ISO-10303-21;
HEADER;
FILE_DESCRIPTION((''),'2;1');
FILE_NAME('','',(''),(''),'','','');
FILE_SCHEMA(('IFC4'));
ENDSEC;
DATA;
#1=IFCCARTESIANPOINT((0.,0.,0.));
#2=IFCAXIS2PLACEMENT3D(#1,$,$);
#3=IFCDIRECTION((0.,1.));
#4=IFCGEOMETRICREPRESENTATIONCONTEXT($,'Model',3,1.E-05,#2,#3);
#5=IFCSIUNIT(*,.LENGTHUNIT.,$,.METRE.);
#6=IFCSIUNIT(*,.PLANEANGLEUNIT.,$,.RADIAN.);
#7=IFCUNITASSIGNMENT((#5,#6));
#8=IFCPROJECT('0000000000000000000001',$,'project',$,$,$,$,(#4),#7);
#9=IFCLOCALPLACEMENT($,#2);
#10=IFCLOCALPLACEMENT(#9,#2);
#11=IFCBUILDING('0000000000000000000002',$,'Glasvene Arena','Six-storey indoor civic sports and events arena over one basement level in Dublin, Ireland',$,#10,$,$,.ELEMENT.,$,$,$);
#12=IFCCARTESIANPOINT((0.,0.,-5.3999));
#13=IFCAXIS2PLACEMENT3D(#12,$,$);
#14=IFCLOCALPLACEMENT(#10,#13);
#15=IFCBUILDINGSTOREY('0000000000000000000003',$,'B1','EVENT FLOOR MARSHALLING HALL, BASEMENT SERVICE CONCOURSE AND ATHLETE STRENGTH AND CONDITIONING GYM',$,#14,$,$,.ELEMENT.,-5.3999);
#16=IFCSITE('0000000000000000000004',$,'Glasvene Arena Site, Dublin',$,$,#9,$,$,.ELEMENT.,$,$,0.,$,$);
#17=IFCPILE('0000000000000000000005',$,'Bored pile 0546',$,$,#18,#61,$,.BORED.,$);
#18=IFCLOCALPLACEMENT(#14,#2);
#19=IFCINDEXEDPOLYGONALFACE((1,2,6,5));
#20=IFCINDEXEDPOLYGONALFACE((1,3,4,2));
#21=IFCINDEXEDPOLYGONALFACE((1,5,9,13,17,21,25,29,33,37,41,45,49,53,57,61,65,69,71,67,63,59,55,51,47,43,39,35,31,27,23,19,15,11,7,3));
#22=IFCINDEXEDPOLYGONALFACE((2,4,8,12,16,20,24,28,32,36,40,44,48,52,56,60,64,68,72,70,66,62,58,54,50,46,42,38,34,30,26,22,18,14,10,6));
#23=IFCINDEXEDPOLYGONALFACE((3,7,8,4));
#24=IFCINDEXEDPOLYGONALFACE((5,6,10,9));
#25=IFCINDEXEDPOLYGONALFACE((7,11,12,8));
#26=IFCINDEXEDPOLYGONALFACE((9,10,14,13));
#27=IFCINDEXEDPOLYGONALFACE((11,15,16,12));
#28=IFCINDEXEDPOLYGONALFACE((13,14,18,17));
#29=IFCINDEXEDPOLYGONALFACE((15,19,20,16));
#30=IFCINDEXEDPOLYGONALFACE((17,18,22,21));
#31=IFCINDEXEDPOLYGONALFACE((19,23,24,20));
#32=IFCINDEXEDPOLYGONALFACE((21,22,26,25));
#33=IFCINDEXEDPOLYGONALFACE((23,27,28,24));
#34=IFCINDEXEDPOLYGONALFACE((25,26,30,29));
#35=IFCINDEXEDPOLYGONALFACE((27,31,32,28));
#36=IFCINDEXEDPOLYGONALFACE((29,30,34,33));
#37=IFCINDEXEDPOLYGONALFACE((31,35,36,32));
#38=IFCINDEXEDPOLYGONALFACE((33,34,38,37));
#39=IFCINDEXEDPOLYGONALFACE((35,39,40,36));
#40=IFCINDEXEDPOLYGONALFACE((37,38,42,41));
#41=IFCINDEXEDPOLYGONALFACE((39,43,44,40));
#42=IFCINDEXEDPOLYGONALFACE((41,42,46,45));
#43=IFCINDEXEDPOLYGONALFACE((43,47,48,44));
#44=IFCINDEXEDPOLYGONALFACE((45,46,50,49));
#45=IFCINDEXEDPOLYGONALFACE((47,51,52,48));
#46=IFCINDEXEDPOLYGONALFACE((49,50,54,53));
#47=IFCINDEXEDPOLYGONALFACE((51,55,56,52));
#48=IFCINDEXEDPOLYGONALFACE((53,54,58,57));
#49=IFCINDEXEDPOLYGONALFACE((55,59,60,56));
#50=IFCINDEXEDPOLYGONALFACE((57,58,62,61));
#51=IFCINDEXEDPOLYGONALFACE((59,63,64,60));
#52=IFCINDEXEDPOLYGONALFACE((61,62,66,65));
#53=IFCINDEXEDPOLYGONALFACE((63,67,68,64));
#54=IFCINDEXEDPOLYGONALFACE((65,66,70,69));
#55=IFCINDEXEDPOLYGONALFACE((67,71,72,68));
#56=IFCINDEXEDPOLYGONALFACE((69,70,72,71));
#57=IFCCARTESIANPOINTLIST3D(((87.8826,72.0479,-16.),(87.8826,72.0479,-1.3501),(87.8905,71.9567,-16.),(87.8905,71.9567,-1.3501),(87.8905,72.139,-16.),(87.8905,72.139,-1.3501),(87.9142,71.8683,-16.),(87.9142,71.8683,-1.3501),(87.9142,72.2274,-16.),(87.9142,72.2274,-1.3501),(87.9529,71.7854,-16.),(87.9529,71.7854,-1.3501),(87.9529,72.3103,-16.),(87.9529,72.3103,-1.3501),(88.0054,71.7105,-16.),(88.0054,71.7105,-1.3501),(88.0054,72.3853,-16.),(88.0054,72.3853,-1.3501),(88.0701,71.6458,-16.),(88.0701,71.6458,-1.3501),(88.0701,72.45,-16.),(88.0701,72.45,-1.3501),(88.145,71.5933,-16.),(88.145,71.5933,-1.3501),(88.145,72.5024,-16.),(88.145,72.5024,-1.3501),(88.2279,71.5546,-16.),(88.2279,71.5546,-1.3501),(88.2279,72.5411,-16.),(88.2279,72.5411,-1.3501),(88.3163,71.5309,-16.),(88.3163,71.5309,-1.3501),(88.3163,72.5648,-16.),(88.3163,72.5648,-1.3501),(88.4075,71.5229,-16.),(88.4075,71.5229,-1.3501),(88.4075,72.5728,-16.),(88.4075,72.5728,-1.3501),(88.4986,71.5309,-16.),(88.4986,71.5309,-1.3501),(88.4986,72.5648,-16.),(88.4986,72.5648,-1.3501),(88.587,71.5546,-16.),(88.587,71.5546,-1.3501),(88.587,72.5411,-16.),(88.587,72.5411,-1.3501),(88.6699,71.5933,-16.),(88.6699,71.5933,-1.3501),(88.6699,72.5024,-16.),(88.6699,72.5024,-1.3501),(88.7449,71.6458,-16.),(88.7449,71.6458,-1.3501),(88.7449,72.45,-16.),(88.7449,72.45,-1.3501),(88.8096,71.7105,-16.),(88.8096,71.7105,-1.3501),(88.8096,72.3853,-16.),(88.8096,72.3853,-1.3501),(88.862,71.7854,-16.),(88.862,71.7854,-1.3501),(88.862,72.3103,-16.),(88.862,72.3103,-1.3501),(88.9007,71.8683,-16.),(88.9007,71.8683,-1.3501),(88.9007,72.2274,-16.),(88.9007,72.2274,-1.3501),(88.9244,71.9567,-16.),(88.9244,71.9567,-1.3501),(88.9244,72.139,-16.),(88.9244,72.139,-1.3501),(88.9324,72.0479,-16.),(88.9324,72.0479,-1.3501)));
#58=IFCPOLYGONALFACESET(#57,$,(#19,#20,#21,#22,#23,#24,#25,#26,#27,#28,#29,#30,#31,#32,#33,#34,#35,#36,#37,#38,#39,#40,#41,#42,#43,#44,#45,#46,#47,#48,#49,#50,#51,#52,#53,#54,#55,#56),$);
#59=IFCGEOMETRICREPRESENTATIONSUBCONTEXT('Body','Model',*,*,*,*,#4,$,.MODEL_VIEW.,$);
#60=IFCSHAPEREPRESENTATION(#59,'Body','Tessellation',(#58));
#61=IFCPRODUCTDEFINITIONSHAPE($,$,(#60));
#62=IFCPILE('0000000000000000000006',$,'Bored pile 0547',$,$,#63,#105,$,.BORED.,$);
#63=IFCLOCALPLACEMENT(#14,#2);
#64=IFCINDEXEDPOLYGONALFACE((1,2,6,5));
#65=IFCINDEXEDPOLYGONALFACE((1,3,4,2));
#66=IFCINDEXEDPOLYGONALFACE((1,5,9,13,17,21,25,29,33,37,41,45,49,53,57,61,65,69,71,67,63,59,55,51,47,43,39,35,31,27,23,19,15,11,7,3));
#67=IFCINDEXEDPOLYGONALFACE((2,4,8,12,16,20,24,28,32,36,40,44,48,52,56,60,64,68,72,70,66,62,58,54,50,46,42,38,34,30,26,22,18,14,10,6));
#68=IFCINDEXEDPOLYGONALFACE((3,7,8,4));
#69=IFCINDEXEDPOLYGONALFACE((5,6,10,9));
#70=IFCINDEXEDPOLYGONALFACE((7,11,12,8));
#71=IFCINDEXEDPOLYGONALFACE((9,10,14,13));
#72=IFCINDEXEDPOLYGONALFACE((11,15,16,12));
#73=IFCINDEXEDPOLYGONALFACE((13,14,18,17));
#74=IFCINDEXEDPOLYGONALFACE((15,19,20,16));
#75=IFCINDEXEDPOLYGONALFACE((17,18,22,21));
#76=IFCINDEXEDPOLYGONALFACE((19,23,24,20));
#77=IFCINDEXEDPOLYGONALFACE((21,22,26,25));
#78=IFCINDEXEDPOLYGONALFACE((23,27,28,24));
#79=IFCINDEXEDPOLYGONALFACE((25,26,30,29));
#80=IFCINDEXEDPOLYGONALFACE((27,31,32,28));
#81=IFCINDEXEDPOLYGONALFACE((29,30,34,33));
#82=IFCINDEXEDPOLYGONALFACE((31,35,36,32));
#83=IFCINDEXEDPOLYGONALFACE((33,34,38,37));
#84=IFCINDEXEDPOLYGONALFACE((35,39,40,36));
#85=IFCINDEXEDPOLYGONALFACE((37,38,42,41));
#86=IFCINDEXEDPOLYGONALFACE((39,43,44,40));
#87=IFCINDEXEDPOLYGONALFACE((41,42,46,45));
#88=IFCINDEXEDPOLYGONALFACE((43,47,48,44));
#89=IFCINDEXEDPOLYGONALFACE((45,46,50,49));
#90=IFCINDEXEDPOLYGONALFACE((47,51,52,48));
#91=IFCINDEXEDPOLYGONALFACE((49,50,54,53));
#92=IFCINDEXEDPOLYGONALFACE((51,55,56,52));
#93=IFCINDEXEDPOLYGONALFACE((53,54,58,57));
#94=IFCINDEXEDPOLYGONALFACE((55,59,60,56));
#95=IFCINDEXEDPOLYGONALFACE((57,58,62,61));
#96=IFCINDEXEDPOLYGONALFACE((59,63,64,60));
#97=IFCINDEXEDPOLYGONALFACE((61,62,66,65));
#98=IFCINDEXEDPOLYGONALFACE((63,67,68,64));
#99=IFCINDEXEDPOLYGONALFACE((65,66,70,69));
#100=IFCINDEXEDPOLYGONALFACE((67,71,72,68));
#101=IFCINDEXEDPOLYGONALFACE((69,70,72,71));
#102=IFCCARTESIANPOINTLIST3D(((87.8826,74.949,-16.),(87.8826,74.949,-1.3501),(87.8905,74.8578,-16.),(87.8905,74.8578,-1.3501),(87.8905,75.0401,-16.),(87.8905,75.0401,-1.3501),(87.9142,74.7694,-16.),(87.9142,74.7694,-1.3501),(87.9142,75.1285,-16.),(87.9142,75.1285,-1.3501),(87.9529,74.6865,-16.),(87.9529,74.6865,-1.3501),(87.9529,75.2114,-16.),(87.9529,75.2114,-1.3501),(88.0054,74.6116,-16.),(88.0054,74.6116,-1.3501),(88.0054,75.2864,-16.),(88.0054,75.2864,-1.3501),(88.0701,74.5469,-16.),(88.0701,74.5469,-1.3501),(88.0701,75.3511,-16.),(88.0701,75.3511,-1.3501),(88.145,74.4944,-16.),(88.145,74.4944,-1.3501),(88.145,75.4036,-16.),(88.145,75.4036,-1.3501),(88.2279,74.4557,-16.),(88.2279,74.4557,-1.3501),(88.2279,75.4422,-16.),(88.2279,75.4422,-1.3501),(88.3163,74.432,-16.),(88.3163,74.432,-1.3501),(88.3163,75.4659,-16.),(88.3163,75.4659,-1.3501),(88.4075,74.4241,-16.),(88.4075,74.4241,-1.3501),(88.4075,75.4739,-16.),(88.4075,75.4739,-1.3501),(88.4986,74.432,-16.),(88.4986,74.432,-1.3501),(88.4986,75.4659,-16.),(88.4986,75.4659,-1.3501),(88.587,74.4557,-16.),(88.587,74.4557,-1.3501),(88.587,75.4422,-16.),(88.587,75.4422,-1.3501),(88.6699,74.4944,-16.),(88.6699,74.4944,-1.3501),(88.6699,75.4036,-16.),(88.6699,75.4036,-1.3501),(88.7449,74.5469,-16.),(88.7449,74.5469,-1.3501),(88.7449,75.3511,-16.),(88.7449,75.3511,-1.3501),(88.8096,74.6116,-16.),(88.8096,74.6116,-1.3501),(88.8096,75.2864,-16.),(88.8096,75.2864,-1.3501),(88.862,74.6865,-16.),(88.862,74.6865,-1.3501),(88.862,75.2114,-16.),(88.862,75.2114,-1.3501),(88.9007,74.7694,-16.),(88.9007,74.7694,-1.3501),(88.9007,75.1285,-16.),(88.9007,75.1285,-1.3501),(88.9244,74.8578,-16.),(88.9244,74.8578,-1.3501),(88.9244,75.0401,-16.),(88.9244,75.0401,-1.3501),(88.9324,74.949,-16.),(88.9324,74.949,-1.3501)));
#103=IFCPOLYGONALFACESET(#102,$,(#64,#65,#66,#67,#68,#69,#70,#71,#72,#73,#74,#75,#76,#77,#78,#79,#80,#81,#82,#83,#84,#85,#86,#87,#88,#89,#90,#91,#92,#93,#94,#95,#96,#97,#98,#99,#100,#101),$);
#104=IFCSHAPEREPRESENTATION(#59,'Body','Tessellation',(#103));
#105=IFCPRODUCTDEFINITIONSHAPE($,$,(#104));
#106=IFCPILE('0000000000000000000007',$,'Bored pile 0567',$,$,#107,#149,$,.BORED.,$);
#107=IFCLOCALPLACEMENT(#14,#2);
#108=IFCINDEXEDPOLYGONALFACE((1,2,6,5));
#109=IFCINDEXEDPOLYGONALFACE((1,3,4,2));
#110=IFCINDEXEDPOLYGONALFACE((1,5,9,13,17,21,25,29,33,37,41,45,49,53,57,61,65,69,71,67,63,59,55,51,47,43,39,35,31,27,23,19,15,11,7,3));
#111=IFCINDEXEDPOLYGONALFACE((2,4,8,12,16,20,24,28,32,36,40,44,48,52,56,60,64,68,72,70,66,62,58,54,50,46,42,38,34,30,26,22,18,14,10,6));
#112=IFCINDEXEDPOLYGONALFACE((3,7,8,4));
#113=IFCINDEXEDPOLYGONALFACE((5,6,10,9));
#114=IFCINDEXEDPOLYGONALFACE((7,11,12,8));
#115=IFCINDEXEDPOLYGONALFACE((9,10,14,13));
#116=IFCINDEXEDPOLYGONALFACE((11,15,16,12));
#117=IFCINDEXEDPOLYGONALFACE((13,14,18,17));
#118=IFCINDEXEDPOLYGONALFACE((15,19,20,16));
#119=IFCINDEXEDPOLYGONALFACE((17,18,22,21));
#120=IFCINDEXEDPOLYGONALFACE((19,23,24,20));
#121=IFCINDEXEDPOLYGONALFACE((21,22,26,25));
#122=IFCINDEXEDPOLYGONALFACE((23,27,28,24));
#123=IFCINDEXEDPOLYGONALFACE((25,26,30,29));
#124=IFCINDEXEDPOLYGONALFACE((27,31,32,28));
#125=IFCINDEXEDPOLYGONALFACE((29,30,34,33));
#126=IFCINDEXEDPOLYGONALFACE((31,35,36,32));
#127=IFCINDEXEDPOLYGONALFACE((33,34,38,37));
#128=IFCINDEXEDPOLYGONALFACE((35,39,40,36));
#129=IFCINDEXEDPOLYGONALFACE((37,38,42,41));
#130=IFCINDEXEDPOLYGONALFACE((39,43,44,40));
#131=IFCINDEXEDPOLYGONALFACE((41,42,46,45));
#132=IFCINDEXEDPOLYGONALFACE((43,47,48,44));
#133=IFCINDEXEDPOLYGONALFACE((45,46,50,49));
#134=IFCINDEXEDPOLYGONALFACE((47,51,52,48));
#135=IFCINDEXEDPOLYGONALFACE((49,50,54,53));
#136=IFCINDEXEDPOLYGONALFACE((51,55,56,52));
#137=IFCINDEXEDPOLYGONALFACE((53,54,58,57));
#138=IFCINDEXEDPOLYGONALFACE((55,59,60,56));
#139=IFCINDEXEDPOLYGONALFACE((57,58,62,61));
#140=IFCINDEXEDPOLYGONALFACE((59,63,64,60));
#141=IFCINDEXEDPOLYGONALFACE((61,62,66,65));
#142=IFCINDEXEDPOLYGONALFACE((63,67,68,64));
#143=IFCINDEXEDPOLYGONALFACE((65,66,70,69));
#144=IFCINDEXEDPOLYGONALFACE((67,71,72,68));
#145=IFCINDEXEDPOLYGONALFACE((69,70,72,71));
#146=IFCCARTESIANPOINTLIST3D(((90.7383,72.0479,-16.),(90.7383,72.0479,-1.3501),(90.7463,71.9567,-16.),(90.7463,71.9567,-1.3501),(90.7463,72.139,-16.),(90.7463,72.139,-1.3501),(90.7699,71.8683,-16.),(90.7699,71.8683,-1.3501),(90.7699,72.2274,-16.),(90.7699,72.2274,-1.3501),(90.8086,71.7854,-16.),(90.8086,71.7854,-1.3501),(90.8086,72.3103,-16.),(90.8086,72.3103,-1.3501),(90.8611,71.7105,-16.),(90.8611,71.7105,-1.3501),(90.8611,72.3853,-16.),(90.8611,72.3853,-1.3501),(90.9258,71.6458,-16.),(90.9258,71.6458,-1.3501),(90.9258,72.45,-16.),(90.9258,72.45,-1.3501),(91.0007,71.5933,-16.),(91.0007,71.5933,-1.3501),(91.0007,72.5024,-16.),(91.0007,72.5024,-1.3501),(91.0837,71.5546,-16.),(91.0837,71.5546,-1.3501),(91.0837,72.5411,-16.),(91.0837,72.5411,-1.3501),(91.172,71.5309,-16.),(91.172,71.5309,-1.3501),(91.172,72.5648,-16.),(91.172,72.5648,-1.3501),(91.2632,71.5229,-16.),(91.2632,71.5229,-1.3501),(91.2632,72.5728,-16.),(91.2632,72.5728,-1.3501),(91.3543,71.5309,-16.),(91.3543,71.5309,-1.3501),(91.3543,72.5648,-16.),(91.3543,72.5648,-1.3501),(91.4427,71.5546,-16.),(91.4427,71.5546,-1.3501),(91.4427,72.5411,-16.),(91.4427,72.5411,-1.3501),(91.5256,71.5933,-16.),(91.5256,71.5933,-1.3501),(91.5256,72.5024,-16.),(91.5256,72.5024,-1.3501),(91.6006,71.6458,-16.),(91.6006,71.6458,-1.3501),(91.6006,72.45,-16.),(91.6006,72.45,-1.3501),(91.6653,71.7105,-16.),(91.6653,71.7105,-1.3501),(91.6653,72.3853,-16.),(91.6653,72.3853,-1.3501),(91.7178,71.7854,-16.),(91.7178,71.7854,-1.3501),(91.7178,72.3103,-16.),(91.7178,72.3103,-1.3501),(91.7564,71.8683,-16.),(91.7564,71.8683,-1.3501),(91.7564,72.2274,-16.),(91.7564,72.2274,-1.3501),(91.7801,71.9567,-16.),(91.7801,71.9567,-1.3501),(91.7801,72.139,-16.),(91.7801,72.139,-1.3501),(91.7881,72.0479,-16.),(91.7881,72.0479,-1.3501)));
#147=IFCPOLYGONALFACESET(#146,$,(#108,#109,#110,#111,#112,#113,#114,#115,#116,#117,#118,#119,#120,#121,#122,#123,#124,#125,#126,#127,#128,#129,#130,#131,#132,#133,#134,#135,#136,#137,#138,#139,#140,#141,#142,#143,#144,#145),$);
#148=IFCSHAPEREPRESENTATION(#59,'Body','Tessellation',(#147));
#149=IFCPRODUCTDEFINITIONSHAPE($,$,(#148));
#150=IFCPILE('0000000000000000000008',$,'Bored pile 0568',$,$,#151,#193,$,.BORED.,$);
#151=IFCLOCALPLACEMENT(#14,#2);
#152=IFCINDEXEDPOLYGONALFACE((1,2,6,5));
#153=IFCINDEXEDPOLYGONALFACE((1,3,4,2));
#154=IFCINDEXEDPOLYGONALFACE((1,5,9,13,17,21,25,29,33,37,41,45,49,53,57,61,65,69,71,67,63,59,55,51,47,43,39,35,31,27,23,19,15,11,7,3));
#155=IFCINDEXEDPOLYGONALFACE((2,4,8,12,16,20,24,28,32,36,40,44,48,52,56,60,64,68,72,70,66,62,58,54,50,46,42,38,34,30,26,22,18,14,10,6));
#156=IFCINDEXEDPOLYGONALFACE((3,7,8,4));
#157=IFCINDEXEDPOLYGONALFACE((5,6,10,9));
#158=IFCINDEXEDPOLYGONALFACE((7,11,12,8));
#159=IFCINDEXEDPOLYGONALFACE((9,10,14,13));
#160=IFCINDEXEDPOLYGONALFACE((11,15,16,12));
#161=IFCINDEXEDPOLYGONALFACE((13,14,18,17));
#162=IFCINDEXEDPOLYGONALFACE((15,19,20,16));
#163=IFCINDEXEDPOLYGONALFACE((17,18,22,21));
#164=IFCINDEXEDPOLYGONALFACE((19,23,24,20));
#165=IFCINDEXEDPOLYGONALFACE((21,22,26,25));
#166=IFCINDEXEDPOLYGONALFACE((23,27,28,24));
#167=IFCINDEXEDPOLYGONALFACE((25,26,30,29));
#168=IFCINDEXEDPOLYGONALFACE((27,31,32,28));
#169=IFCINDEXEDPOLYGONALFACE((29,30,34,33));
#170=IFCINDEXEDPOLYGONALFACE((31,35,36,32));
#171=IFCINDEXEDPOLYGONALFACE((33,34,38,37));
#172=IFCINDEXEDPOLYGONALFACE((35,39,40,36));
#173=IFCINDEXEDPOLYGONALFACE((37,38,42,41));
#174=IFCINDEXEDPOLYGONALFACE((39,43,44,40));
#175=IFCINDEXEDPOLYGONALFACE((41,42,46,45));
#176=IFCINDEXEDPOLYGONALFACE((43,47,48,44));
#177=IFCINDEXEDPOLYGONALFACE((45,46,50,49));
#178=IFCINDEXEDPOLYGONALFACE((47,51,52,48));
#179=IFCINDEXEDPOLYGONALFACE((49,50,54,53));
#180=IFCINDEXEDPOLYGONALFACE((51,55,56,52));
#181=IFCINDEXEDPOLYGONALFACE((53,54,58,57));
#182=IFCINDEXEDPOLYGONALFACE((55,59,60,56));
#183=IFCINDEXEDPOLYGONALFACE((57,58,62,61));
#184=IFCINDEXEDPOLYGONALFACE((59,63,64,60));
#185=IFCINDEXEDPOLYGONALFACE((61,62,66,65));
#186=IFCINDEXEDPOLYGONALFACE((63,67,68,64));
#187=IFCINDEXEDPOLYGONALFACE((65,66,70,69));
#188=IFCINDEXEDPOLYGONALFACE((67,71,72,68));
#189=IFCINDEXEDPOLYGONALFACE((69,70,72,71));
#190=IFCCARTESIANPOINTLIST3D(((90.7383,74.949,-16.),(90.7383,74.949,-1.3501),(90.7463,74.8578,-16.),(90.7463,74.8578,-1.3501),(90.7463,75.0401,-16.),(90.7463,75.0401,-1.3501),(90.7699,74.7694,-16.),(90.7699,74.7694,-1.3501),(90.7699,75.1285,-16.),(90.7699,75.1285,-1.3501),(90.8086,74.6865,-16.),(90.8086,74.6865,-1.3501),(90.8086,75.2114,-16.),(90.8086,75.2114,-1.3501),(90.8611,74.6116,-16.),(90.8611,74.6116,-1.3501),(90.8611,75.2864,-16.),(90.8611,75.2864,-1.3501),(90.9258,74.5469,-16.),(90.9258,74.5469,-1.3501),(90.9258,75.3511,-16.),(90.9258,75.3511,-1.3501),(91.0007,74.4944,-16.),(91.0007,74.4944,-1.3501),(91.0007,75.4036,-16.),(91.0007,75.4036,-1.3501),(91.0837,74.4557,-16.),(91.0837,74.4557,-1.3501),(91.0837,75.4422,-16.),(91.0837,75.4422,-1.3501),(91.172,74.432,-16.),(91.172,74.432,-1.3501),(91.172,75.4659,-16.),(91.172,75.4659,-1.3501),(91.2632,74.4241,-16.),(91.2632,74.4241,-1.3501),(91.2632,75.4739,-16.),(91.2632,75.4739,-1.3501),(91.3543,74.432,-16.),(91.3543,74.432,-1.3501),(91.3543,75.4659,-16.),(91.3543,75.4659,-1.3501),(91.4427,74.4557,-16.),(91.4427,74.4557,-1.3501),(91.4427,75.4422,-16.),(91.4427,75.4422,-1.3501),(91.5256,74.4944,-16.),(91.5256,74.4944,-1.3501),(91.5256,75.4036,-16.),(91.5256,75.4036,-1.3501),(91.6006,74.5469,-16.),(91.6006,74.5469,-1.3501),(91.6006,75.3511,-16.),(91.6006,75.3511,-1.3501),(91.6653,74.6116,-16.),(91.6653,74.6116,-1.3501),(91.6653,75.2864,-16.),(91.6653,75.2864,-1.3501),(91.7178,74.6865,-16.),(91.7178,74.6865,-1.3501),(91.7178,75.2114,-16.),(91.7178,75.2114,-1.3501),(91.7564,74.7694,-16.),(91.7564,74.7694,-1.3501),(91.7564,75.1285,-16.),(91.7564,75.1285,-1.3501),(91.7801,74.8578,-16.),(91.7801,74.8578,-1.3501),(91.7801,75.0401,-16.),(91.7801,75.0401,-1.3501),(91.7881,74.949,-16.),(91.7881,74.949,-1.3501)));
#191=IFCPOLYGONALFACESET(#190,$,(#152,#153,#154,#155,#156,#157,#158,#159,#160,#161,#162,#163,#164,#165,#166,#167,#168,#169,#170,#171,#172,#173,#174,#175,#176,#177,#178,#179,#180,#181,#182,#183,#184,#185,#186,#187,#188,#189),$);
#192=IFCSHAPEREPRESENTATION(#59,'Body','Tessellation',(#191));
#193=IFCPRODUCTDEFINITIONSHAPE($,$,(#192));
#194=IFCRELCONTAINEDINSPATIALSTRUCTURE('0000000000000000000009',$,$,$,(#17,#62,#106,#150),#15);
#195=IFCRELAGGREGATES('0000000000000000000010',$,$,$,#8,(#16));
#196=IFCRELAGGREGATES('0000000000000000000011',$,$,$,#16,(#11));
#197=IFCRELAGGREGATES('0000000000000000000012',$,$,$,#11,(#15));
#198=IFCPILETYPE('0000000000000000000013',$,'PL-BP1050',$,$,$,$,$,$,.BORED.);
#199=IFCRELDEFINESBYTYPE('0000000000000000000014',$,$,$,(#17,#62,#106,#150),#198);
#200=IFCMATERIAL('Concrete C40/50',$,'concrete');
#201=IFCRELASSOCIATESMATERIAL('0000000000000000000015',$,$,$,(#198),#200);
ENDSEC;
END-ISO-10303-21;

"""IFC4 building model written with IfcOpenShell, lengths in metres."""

from ifc_helpers import new_model, si_unit, direction, frame, origin, origin_2d, place, context, subcontext, project, spatial, circle, extrude, material, material_profile, profile_set, type_object, element, save


model = new_model("IFC4")

# Units and contexts
model_context = context("Model", 3, precision=1e-05, world=origin(), true_north=direction((0.0, 1.0)))
body_context = subcontext(model_context, "Body", "Model", "MODEL_VIEW")
ifc_project = project(units=[si_unit("LENGTHUNIT", "METRE"), si_unit("PLANEANGLEUNIT", "RADIAN")], contexts=[model_context])

# Site, building, storey
site_placement = place(None, origin())
site = spatial("IfcSite", under=ifc_project, at=site_placement, Name="Glasvene Arena Site, Dublin", CompositionType="ELEMENT", RefElevation=0.0)
building_placement = place(site_placement, origin())
building = spatial("IfcBuilding", under=site, at=building_placement, Name="Glasvene Arena", Description="Six-storey indoor civic sports and events arena over one basement level in Dublin, Ireland", CompositionType="ELEMENT")
storey_placement = place(building_placement, frame((0.0, 0.0, -5.3999)))
storey = spatial("IfcBuildingStorey", under=building, at=storey_placement, Name="B1", Description="EVENT FLOOR MARSHALLING HALL, BASEMENT SERVICE CONCOURSE AND ATHLETE STRENGTH AND CONDITIONING GYM", CompositionType="ELEMENT", Elevation=-5.3999)

# Piles
ifc_material = material(Name="Concrete C40/50", Category="concrete")
ifc_material_profile = material_profile(ifc_material, circle(Radius=0.5249, at=origin_2d()), Name="BORED PILE 1050")
ifc_profile_set = profile_set([ifc_material_profile], Name="Concrete C40/50")
pile_type = type_object("IfcPileType", Name="PL-BP1050", PredefinedType="BORED", material=ifc_profile_set)
for number, where, z_axis, x_axis, name in (
    (1, (88.4075, 72.0479, -1.3501), (0.0, 0.0, -1.0), (1.0, 0.0, 0.0), "Bored pile 0546"),
    (2, (88.4075, 74.949, -1.3501), (0.0, 0.0, -1.0), (1.0, 0.0, 0.0), "Bored pile 0547"),
    (3, (91.2632, 72.0479, -1.3501), (0.0, 0.0, -1.0), (1.0, 0.0, 0.0), "Bored pile 0567"),
    (4, (91.2632, 74.949, -1.3501), (0.0, 0.0, -1.0), (1.0, 0.0, 0.0), "Bored pile 0568"),
):
    element("IfcPile", number, at=place(storey_placement, frame(where, z_axis=z_axis, x_axis=x_axis)), inside=storey, type_object=pile_type, Name=name, PredefinedType="BORED", context=body_context, shape_type="SweptSolid", body=[
        extrude(circle(Radius=0.5249, at=origin_2d()), origin(), (0.0, 0.0, 1.0), 14.6499),
    ])

save(model, "model.ifc")
